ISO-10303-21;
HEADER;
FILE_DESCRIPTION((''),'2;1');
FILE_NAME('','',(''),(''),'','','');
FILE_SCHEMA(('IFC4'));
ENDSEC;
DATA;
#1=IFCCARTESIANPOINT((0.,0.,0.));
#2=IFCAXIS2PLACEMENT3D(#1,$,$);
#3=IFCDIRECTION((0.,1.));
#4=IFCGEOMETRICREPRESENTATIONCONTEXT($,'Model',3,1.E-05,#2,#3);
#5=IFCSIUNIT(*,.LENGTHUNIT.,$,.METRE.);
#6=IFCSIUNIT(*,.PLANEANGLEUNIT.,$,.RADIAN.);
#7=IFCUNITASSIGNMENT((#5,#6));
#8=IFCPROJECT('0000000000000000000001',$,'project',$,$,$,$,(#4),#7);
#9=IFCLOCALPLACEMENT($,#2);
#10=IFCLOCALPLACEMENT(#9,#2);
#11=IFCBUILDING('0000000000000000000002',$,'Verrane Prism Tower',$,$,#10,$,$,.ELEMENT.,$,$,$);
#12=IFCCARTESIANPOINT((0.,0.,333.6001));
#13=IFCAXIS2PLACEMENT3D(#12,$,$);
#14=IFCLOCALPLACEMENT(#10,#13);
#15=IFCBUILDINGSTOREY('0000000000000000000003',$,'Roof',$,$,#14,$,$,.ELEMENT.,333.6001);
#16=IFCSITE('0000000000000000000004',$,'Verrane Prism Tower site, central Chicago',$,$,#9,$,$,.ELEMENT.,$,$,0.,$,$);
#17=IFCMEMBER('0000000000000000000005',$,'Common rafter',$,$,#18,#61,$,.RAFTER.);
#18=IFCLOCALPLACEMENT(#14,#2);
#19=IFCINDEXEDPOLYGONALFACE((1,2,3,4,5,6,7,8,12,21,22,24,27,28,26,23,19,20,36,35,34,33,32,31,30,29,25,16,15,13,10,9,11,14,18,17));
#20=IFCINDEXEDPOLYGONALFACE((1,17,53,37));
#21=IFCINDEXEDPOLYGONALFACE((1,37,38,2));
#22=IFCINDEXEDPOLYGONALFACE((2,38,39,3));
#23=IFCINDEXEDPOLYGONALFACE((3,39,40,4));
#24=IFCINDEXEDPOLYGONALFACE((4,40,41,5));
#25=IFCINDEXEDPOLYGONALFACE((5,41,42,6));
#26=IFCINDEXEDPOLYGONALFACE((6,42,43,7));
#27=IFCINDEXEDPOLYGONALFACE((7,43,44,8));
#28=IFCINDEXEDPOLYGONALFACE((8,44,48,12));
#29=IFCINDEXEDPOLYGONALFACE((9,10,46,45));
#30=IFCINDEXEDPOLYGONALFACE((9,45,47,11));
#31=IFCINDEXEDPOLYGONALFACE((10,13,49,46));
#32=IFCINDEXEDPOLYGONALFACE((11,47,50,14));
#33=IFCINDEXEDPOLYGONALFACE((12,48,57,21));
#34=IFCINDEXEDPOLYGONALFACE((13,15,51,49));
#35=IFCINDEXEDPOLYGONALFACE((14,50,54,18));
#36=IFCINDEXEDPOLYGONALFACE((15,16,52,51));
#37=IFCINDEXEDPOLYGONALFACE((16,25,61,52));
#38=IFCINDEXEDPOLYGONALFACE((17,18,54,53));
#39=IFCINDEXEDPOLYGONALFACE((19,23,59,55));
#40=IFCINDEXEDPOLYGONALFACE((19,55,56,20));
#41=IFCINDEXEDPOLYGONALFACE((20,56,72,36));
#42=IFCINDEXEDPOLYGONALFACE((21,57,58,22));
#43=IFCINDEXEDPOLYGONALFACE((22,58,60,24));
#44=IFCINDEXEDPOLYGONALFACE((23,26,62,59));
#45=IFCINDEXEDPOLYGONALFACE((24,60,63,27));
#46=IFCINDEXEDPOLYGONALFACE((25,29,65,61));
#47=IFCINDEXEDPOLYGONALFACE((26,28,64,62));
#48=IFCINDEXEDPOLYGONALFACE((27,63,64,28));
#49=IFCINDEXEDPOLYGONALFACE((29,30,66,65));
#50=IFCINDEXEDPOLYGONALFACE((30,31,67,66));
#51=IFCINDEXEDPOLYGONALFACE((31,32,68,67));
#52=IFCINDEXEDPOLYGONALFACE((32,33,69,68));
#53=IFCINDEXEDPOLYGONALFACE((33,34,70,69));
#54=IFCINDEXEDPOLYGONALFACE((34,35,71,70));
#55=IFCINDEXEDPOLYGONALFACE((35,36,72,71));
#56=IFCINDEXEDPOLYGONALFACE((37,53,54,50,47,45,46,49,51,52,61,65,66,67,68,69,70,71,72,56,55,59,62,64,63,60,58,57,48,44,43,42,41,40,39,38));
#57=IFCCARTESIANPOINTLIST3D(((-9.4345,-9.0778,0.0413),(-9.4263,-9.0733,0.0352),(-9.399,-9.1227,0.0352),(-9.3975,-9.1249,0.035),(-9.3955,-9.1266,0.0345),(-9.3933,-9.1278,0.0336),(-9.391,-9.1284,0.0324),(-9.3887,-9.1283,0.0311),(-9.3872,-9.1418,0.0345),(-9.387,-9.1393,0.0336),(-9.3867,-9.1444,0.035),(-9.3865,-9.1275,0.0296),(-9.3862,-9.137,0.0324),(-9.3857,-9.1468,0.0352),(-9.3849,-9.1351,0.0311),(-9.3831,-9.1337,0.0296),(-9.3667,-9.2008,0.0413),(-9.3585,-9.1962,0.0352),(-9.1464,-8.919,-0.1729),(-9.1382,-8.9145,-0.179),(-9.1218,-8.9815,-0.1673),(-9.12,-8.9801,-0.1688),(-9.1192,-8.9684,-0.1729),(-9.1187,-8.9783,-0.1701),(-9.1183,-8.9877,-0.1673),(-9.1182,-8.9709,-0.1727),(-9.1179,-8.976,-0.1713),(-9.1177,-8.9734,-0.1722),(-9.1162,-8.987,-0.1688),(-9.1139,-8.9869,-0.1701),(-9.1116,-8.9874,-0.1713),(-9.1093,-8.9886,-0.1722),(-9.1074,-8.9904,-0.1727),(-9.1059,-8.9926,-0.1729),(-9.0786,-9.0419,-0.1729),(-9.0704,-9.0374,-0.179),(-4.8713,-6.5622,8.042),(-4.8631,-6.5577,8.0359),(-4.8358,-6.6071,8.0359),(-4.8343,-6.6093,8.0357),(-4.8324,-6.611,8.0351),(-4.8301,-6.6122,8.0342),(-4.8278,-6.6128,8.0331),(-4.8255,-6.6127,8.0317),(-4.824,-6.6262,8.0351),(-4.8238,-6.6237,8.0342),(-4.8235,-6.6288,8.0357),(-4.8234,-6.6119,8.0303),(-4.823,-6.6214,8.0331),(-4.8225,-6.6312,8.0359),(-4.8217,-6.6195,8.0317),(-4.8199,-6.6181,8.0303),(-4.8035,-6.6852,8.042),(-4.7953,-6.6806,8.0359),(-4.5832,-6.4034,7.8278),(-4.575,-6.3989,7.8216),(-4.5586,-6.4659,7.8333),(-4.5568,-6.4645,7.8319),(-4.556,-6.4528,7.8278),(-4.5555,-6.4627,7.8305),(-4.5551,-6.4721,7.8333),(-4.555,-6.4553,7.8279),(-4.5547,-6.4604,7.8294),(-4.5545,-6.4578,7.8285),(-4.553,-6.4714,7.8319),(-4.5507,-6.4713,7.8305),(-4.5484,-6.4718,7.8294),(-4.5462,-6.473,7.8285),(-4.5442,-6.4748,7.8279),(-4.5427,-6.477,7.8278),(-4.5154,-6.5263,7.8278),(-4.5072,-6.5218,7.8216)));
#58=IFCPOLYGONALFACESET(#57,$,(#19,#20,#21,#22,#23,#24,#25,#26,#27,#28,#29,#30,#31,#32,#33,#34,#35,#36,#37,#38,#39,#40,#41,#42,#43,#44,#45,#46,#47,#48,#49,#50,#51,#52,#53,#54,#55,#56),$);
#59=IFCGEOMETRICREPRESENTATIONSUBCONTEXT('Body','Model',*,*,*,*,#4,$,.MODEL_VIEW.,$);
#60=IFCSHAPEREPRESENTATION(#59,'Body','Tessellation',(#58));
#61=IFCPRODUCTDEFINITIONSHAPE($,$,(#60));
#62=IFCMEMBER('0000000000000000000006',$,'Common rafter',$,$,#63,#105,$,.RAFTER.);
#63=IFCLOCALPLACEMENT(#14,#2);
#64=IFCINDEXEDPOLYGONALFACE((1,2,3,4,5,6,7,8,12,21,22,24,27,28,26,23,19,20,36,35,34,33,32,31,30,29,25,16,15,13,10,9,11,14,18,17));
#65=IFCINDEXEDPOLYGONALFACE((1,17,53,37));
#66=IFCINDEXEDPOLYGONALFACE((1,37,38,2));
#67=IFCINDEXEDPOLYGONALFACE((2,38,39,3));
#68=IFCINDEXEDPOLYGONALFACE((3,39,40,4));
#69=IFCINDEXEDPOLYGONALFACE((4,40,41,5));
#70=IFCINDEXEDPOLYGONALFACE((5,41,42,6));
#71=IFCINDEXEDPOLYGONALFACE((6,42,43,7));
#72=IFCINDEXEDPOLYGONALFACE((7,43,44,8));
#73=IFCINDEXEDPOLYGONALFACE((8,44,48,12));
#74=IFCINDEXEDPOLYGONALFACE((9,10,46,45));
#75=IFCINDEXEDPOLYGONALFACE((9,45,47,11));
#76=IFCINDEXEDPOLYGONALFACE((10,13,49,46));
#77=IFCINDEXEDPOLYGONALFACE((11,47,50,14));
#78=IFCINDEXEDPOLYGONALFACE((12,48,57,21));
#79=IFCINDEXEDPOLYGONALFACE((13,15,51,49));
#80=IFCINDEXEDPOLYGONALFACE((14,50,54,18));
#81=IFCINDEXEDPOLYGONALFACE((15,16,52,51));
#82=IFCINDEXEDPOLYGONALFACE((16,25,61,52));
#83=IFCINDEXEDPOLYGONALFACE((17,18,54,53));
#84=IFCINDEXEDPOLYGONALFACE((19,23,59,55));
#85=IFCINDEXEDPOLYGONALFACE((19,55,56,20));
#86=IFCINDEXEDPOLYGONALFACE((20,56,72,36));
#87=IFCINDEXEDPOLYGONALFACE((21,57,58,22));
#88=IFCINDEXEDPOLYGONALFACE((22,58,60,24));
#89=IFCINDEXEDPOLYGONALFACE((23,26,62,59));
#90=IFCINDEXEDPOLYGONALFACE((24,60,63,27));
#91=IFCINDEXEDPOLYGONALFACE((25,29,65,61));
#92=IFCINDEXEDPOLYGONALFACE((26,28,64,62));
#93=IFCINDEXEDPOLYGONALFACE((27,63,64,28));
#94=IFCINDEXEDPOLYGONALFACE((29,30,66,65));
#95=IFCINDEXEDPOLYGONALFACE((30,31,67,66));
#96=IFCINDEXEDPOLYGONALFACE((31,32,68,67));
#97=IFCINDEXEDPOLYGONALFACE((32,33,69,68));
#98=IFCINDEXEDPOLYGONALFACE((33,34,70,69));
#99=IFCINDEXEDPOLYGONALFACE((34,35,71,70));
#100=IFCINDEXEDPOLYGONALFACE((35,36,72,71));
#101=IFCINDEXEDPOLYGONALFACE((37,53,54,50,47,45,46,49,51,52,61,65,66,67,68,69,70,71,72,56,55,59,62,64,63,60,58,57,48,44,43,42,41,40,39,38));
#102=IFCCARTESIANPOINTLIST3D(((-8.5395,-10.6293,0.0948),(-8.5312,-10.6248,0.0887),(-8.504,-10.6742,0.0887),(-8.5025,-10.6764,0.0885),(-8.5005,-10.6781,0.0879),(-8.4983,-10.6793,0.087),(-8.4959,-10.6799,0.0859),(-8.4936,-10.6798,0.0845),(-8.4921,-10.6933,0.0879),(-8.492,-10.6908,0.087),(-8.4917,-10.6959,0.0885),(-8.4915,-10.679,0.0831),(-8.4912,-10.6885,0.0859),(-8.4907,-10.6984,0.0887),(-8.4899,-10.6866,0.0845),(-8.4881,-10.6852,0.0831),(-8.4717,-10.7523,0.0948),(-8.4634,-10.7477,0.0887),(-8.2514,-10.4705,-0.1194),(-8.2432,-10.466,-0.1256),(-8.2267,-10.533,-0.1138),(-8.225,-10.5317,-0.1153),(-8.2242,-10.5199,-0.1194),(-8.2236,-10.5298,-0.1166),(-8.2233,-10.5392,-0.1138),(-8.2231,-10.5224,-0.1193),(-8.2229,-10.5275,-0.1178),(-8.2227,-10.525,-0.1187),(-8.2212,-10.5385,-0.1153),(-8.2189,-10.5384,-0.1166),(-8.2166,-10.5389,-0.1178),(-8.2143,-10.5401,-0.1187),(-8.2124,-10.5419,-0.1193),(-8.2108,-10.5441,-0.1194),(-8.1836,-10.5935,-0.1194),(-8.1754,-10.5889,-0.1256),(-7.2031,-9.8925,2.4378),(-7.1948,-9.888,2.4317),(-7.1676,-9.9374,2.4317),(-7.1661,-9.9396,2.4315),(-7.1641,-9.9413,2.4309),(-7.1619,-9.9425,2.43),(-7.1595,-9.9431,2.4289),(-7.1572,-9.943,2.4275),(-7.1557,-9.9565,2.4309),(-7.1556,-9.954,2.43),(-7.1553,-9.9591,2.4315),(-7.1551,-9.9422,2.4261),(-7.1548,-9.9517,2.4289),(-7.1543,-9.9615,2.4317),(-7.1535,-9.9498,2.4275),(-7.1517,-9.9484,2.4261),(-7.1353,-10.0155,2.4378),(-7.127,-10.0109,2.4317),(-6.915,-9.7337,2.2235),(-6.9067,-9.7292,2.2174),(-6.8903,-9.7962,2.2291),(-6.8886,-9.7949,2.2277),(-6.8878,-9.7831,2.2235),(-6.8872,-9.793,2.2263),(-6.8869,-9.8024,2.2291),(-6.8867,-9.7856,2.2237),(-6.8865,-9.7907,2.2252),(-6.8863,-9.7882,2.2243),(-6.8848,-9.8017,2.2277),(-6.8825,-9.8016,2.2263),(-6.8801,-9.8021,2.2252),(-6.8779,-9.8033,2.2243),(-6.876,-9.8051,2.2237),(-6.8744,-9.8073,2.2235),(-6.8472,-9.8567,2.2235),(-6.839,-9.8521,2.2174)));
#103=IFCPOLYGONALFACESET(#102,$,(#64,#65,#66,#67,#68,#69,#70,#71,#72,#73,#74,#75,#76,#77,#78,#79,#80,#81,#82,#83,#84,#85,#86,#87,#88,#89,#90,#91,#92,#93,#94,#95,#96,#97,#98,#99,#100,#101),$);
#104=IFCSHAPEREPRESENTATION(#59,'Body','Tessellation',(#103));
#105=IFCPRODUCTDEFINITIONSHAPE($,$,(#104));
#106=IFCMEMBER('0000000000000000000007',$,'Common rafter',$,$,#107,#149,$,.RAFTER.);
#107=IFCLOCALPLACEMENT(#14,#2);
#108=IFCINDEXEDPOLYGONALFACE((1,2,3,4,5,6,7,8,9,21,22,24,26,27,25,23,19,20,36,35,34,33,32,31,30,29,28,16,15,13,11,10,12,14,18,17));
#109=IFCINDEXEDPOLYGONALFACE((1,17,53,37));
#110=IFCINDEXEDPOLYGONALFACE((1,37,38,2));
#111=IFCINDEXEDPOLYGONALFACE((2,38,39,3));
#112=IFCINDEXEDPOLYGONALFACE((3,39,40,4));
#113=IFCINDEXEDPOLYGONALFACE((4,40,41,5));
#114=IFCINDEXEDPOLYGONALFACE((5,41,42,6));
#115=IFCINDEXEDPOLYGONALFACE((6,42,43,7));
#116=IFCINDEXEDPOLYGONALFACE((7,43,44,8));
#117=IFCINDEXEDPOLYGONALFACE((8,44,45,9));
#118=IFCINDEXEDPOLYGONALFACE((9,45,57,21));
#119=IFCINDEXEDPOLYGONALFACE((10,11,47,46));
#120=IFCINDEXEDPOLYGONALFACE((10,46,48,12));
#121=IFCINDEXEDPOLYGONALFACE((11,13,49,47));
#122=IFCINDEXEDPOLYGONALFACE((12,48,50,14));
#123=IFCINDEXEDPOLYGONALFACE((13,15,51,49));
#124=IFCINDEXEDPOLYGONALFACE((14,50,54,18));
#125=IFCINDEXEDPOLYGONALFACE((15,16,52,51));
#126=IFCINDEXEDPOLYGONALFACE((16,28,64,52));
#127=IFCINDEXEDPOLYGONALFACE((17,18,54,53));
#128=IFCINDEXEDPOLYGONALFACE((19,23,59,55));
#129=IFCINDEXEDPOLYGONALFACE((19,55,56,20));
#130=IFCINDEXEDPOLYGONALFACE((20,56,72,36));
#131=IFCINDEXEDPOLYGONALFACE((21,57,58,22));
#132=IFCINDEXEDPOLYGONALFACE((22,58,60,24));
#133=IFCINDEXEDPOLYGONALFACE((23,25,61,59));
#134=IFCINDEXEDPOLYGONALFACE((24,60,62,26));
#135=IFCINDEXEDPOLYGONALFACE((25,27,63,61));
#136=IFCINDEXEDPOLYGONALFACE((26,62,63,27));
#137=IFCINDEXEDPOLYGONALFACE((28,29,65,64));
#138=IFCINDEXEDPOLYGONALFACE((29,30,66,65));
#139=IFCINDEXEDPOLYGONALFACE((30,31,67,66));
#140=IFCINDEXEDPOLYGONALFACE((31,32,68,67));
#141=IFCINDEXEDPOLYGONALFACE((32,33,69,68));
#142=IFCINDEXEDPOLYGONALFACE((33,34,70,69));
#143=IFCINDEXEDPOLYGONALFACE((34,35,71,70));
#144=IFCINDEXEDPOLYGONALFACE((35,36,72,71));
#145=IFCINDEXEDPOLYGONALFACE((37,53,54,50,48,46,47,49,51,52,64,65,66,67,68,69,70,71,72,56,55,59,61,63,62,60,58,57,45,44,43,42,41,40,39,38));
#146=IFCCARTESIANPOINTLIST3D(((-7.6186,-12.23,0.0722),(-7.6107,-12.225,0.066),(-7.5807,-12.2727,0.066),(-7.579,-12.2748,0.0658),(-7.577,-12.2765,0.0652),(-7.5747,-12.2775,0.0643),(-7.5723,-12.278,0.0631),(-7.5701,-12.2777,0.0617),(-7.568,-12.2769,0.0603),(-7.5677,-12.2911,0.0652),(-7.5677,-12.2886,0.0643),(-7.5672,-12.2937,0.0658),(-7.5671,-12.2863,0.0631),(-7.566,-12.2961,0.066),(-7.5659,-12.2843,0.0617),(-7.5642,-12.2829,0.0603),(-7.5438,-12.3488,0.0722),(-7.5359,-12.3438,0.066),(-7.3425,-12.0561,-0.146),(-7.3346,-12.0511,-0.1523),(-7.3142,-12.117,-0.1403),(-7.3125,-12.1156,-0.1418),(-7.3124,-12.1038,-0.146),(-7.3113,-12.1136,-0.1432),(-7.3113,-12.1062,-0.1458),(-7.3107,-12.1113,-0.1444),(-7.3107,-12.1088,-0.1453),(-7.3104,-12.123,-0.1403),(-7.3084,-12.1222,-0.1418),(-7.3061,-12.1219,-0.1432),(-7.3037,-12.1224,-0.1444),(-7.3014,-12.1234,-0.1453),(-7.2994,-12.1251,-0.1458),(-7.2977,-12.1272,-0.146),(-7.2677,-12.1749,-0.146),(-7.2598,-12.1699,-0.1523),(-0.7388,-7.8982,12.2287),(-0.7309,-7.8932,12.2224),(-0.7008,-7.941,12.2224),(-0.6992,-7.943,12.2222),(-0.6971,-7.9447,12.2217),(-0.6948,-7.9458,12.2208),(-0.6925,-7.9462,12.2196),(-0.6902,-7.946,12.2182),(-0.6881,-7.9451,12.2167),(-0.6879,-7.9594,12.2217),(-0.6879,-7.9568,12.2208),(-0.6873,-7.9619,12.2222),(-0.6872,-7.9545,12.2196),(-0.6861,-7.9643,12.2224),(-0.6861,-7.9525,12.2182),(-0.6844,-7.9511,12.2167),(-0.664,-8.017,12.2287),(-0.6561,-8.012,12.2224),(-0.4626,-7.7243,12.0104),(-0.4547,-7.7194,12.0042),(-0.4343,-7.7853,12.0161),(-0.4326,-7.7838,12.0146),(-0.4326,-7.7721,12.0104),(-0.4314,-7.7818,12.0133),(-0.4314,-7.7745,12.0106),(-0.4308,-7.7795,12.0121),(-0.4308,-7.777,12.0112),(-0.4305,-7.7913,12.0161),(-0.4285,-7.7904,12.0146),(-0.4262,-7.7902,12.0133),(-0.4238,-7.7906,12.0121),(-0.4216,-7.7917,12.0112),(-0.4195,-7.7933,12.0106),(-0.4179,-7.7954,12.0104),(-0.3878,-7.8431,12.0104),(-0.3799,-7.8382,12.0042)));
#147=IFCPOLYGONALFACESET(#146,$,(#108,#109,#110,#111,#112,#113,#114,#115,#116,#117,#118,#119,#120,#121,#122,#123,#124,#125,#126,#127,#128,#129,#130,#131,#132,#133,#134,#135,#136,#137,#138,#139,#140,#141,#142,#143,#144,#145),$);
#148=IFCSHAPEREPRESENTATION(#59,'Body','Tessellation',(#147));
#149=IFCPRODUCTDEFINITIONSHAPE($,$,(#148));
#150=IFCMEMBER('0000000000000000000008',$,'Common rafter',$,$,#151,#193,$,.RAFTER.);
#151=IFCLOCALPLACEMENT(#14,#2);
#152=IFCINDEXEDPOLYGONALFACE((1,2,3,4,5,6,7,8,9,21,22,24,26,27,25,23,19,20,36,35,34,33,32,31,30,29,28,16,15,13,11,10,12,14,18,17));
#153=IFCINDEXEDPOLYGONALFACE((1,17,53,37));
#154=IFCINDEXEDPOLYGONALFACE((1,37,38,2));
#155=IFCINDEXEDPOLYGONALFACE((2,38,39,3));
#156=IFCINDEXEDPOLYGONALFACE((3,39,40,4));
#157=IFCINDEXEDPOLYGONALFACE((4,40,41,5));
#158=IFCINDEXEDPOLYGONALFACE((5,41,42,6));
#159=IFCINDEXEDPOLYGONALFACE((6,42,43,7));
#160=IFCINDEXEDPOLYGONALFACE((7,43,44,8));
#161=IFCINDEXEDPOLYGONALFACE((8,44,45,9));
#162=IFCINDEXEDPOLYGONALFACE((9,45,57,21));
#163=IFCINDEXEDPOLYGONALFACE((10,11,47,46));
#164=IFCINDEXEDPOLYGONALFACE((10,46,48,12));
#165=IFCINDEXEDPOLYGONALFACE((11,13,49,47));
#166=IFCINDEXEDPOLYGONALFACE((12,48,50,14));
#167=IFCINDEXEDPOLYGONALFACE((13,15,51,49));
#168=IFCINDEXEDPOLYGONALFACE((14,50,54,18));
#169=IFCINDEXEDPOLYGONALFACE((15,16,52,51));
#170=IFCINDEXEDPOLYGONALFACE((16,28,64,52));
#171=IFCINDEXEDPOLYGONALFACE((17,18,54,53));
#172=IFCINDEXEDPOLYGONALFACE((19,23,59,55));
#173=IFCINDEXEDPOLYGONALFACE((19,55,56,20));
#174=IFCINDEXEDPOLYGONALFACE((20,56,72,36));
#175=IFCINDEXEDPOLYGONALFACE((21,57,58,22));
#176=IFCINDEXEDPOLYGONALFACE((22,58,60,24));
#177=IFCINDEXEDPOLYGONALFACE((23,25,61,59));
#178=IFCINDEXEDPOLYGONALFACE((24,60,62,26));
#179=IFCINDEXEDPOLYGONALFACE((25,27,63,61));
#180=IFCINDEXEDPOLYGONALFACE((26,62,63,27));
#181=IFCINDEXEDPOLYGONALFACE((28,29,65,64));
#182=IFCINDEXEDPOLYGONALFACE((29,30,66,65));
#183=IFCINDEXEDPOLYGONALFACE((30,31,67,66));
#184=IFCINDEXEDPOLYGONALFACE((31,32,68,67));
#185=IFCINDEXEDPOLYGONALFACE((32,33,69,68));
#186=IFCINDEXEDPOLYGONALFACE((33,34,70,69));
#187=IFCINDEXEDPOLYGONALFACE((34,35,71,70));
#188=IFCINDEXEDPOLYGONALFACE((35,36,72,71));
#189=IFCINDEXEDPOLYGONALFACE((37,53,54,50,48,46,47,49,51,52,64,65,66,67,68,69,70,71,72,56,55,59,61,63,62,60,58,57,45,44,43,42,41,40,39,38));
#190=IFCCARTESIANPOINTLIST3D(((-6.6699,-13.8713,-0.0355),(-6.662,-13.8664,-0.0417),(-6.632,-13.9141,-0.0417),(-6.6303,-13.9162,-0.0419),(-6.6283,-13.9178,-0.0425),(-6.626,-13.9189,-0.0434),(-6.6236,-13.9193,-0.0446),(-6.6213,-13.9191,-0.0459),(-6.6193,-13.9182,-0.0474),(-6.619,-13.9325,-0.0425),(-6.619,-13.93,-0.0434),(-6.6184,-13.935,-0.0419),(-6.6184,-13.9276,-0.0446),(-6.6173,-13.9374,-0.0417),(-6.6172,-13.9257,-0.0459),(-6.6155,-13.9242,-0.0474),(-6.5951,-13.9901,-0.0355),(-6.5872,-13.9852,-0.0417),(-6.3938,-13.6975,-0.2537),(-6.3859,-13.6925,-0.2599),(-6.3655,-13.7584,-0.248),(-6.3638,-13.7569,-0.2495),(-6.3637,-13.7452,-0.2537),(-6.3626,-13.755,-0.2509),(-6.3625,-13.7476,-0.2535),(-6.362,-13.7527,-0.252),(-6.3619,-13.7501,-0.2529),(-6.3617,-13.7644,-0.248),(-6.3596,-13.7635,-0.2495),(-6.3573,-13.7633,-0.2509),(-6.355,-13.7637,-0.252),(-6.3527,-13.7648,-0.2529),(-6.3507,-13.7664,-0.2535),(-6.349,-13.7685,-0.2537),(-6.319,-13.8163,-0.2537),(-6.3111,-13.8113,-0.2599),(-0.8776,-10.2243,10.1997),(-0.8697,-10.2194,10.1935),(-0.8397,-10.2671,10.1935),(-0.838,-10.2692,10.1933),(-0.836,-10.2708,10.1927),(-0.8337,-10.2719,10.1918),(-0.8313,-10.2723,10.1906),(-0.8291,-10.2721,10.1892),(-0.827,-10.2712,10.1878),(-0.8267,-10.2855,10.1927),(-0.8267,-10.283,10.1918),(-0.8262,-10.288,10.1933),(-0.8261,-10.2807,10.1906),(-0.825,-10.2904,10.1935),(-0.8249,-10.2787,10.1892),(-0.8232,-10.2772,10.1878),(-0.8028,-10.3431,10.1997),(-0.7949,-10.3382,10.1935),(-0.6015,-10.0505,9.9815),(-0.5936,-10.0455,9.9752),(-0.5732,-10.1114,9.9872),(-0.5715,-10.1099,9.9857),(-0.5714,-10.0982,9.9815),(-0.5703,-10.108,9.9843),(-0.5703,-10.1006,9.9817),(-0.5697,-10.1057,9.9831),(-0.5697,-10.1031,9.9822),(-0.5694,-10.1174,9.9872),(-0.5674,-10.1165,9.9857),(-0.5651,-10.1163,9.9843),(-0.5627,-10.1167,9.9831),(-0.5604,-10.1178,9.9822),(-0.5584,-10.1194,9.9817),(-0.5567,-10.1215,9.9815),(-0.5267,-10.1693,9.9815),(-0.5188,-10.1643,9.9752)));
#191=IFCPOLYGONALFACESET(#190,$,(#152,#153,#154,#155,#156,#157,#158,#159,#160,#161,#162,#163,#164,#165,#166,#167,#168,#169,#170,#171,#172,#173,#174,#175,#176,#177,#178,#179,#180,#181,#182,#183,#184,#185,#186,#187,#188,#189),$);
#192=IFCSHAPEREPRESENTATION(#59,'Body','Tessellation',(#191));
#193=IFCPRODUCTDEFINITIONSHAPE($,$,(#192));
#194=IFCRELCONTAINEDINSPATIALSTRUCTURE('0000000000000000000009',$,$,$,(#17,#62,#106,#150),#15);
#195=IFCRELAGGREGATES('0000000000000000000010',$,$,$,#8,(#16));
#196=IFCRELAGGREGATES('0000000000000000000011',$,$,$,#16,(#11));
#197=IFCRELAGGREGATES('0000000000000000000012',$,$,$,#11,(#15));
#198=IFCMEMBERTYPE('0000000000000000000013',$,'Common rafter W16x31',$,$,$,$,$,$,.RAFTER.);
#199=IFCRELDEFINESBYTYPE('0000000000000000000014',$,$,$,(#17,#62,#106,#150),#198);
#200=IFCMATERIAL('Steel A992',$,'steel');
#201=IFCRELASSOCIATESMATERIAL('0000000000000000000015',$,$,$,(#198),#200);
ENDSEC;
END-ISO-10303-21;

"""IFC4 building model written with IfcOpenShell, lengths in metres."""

from ifc_helpers import new_model, si_unit, direction, frame, origin, origin_2d, place, context, subcontext, project, spatial, i_section, extrude, material, material_profile, profile_set, type_object, element, save


model = new_model("IFC4")

# Units and contexts
model_context = context("Model", 3, precision=1e-05, world=origin(), true_north=direction((0.0, 1.0)))
body_context = subcontext(model_context, "Body", "Model", "MODEL_VIEW")
ifc_project = project(units=[si_unit("LENGTHUNIT", "METRE"), si_unit("PLANEANGLEUNIT", "RADIAN")], contexts=[model_context])

# Site, building, storey
site_placement = place(None, origin())
site = spatial("IfcSite", under=ifc_project, at=site_placement, Name="Verrane Prism Tower site, central Chicago", CompositionType="ELEMENT", RefElevation=0.0)
building_placement = place(site_placement, origin())
building = spatial("IfcBuilding", under=site, at=building_placement, Name="Verrane Prism Tower", CompositionType="ELEMENT")
storey_placement = place(building_placement, frame((0.0, 0.0, 333.6001)))
storey = spatial("IfcBuildingStorey", under=building, at=storey_placement, Name="Roof", CompositionType="ELEMENT", Elevation=333.6001)

# Members
ifc_material_1 = material(Name="Steel A992", Category="steel")
ifc_material_profile_1 = material_profile(ifc_material_1, i_section(OverallWidth=0.1404, OverallDepth=0.4038, WebThickness=0.0071, FlangeThickness=0.0112, FilletRadius=0.0103, at=origin_2d()), Name="W16x31")
ifc_profile_set_1 = profile_set([ifc_material_profile_1], Name="Steel A992")
member_type_1 = type_object("IfcMemberType", Name="Common rafter W16x31", PredefinedType="RAFTER", material=ifc_profile_set_1)
member_1_placement = place(storey_placement, frame((-9.2524, -9.0576, -0.0688), z_axis=(0.477928, 0.263473, 0.837954), x_axis=(-0.48278, 0.875742, 0.0)))
element("IfcMember", 1, at=member_1_placement, inside=storey, type_object=member_type_1, Name="Common rafter", PredefinedType="RAFTER", context=body_context, shape_type="SweptSolid", body=[
    extrude(i_section(OverallWidth=0.1404, OverallDepth=0.4038, WebThickness=0.0071, FlangeThickness=0.0112, FilletRadius=0.0103, at=origin_2d()), origin(), (0.0, 0.0, 1.0), 9.5479),
])
member_2_placement = place(storey_placement, frame((-8.3574, -10.6091, -0.0154), z_axis=(0.477946, 0.263508, 0.837933), x_axis=(-0.482815, 0.875722, 0.0)))
element("IfcMember", 2, at=member_2_placement, inside=storey, type_object=member_type_1, Name="Common rafter", PredefinedType="RAFTER", context=body_context, shape_type="SweptSolid", body=[
    extrude(i_section(OverallWidth=0.1404, OverallDepth=0.4038, WebThickness=0.0071, FlangeThickness=0.0112, FilletRadius=0.0103, at=origin_2d()), origin(), (0.0, 0.0, 1.0), 2.7961),
])
member_3_placement = place(storey_placement, frame((-7.4392, -12.2, -0.04), z_axis=(0.470434, 0.2962, 0.831239), x_axis=(-0.532814, 0.846232, 0.0)))
element("IfcMember", 3, at=member_3_placement, inside=storey, type_object=member_type_1, Name="Common rafter", PredefinedType="RAFTER", context=body_context, shape_type="SweptSolid", body=[
    extrude(i_section(OverallWidth=0.1404, OverallDepth=0.4038, WebThickness=0.0071, FlangeThickness=0.0112, FilletRadius=0.0103, at=origin_2d()), origin(), (0.0, 0.0, 1.0), 14.6245),
])
member_4_placement = place(storey_placement, frame((-6.4905, -13.8413, -0.1477), z_axis=(0.47042, 0.296191, 0.83125), x_axis=(-0.532814, 0.846232, 0.0)))
element("IfcMember", 4, at=member_4_placement, inside=storey, type_object=member_type_1, Name="Common rafter", PredefinedType="RAFTER", context=body_context, shape_type="SweptSolid", body=[
    extrude(i_section(OverallWidth=0.1404, OverallDepth=0.4038, WebThickness=0.0071, FlangeThickness=0.0112, FilletRadius=0.0103, at=origin_2d()), origin(), (0.0, 0.0, 1.0), 12.313),
])

save(model, "model.ifc")
